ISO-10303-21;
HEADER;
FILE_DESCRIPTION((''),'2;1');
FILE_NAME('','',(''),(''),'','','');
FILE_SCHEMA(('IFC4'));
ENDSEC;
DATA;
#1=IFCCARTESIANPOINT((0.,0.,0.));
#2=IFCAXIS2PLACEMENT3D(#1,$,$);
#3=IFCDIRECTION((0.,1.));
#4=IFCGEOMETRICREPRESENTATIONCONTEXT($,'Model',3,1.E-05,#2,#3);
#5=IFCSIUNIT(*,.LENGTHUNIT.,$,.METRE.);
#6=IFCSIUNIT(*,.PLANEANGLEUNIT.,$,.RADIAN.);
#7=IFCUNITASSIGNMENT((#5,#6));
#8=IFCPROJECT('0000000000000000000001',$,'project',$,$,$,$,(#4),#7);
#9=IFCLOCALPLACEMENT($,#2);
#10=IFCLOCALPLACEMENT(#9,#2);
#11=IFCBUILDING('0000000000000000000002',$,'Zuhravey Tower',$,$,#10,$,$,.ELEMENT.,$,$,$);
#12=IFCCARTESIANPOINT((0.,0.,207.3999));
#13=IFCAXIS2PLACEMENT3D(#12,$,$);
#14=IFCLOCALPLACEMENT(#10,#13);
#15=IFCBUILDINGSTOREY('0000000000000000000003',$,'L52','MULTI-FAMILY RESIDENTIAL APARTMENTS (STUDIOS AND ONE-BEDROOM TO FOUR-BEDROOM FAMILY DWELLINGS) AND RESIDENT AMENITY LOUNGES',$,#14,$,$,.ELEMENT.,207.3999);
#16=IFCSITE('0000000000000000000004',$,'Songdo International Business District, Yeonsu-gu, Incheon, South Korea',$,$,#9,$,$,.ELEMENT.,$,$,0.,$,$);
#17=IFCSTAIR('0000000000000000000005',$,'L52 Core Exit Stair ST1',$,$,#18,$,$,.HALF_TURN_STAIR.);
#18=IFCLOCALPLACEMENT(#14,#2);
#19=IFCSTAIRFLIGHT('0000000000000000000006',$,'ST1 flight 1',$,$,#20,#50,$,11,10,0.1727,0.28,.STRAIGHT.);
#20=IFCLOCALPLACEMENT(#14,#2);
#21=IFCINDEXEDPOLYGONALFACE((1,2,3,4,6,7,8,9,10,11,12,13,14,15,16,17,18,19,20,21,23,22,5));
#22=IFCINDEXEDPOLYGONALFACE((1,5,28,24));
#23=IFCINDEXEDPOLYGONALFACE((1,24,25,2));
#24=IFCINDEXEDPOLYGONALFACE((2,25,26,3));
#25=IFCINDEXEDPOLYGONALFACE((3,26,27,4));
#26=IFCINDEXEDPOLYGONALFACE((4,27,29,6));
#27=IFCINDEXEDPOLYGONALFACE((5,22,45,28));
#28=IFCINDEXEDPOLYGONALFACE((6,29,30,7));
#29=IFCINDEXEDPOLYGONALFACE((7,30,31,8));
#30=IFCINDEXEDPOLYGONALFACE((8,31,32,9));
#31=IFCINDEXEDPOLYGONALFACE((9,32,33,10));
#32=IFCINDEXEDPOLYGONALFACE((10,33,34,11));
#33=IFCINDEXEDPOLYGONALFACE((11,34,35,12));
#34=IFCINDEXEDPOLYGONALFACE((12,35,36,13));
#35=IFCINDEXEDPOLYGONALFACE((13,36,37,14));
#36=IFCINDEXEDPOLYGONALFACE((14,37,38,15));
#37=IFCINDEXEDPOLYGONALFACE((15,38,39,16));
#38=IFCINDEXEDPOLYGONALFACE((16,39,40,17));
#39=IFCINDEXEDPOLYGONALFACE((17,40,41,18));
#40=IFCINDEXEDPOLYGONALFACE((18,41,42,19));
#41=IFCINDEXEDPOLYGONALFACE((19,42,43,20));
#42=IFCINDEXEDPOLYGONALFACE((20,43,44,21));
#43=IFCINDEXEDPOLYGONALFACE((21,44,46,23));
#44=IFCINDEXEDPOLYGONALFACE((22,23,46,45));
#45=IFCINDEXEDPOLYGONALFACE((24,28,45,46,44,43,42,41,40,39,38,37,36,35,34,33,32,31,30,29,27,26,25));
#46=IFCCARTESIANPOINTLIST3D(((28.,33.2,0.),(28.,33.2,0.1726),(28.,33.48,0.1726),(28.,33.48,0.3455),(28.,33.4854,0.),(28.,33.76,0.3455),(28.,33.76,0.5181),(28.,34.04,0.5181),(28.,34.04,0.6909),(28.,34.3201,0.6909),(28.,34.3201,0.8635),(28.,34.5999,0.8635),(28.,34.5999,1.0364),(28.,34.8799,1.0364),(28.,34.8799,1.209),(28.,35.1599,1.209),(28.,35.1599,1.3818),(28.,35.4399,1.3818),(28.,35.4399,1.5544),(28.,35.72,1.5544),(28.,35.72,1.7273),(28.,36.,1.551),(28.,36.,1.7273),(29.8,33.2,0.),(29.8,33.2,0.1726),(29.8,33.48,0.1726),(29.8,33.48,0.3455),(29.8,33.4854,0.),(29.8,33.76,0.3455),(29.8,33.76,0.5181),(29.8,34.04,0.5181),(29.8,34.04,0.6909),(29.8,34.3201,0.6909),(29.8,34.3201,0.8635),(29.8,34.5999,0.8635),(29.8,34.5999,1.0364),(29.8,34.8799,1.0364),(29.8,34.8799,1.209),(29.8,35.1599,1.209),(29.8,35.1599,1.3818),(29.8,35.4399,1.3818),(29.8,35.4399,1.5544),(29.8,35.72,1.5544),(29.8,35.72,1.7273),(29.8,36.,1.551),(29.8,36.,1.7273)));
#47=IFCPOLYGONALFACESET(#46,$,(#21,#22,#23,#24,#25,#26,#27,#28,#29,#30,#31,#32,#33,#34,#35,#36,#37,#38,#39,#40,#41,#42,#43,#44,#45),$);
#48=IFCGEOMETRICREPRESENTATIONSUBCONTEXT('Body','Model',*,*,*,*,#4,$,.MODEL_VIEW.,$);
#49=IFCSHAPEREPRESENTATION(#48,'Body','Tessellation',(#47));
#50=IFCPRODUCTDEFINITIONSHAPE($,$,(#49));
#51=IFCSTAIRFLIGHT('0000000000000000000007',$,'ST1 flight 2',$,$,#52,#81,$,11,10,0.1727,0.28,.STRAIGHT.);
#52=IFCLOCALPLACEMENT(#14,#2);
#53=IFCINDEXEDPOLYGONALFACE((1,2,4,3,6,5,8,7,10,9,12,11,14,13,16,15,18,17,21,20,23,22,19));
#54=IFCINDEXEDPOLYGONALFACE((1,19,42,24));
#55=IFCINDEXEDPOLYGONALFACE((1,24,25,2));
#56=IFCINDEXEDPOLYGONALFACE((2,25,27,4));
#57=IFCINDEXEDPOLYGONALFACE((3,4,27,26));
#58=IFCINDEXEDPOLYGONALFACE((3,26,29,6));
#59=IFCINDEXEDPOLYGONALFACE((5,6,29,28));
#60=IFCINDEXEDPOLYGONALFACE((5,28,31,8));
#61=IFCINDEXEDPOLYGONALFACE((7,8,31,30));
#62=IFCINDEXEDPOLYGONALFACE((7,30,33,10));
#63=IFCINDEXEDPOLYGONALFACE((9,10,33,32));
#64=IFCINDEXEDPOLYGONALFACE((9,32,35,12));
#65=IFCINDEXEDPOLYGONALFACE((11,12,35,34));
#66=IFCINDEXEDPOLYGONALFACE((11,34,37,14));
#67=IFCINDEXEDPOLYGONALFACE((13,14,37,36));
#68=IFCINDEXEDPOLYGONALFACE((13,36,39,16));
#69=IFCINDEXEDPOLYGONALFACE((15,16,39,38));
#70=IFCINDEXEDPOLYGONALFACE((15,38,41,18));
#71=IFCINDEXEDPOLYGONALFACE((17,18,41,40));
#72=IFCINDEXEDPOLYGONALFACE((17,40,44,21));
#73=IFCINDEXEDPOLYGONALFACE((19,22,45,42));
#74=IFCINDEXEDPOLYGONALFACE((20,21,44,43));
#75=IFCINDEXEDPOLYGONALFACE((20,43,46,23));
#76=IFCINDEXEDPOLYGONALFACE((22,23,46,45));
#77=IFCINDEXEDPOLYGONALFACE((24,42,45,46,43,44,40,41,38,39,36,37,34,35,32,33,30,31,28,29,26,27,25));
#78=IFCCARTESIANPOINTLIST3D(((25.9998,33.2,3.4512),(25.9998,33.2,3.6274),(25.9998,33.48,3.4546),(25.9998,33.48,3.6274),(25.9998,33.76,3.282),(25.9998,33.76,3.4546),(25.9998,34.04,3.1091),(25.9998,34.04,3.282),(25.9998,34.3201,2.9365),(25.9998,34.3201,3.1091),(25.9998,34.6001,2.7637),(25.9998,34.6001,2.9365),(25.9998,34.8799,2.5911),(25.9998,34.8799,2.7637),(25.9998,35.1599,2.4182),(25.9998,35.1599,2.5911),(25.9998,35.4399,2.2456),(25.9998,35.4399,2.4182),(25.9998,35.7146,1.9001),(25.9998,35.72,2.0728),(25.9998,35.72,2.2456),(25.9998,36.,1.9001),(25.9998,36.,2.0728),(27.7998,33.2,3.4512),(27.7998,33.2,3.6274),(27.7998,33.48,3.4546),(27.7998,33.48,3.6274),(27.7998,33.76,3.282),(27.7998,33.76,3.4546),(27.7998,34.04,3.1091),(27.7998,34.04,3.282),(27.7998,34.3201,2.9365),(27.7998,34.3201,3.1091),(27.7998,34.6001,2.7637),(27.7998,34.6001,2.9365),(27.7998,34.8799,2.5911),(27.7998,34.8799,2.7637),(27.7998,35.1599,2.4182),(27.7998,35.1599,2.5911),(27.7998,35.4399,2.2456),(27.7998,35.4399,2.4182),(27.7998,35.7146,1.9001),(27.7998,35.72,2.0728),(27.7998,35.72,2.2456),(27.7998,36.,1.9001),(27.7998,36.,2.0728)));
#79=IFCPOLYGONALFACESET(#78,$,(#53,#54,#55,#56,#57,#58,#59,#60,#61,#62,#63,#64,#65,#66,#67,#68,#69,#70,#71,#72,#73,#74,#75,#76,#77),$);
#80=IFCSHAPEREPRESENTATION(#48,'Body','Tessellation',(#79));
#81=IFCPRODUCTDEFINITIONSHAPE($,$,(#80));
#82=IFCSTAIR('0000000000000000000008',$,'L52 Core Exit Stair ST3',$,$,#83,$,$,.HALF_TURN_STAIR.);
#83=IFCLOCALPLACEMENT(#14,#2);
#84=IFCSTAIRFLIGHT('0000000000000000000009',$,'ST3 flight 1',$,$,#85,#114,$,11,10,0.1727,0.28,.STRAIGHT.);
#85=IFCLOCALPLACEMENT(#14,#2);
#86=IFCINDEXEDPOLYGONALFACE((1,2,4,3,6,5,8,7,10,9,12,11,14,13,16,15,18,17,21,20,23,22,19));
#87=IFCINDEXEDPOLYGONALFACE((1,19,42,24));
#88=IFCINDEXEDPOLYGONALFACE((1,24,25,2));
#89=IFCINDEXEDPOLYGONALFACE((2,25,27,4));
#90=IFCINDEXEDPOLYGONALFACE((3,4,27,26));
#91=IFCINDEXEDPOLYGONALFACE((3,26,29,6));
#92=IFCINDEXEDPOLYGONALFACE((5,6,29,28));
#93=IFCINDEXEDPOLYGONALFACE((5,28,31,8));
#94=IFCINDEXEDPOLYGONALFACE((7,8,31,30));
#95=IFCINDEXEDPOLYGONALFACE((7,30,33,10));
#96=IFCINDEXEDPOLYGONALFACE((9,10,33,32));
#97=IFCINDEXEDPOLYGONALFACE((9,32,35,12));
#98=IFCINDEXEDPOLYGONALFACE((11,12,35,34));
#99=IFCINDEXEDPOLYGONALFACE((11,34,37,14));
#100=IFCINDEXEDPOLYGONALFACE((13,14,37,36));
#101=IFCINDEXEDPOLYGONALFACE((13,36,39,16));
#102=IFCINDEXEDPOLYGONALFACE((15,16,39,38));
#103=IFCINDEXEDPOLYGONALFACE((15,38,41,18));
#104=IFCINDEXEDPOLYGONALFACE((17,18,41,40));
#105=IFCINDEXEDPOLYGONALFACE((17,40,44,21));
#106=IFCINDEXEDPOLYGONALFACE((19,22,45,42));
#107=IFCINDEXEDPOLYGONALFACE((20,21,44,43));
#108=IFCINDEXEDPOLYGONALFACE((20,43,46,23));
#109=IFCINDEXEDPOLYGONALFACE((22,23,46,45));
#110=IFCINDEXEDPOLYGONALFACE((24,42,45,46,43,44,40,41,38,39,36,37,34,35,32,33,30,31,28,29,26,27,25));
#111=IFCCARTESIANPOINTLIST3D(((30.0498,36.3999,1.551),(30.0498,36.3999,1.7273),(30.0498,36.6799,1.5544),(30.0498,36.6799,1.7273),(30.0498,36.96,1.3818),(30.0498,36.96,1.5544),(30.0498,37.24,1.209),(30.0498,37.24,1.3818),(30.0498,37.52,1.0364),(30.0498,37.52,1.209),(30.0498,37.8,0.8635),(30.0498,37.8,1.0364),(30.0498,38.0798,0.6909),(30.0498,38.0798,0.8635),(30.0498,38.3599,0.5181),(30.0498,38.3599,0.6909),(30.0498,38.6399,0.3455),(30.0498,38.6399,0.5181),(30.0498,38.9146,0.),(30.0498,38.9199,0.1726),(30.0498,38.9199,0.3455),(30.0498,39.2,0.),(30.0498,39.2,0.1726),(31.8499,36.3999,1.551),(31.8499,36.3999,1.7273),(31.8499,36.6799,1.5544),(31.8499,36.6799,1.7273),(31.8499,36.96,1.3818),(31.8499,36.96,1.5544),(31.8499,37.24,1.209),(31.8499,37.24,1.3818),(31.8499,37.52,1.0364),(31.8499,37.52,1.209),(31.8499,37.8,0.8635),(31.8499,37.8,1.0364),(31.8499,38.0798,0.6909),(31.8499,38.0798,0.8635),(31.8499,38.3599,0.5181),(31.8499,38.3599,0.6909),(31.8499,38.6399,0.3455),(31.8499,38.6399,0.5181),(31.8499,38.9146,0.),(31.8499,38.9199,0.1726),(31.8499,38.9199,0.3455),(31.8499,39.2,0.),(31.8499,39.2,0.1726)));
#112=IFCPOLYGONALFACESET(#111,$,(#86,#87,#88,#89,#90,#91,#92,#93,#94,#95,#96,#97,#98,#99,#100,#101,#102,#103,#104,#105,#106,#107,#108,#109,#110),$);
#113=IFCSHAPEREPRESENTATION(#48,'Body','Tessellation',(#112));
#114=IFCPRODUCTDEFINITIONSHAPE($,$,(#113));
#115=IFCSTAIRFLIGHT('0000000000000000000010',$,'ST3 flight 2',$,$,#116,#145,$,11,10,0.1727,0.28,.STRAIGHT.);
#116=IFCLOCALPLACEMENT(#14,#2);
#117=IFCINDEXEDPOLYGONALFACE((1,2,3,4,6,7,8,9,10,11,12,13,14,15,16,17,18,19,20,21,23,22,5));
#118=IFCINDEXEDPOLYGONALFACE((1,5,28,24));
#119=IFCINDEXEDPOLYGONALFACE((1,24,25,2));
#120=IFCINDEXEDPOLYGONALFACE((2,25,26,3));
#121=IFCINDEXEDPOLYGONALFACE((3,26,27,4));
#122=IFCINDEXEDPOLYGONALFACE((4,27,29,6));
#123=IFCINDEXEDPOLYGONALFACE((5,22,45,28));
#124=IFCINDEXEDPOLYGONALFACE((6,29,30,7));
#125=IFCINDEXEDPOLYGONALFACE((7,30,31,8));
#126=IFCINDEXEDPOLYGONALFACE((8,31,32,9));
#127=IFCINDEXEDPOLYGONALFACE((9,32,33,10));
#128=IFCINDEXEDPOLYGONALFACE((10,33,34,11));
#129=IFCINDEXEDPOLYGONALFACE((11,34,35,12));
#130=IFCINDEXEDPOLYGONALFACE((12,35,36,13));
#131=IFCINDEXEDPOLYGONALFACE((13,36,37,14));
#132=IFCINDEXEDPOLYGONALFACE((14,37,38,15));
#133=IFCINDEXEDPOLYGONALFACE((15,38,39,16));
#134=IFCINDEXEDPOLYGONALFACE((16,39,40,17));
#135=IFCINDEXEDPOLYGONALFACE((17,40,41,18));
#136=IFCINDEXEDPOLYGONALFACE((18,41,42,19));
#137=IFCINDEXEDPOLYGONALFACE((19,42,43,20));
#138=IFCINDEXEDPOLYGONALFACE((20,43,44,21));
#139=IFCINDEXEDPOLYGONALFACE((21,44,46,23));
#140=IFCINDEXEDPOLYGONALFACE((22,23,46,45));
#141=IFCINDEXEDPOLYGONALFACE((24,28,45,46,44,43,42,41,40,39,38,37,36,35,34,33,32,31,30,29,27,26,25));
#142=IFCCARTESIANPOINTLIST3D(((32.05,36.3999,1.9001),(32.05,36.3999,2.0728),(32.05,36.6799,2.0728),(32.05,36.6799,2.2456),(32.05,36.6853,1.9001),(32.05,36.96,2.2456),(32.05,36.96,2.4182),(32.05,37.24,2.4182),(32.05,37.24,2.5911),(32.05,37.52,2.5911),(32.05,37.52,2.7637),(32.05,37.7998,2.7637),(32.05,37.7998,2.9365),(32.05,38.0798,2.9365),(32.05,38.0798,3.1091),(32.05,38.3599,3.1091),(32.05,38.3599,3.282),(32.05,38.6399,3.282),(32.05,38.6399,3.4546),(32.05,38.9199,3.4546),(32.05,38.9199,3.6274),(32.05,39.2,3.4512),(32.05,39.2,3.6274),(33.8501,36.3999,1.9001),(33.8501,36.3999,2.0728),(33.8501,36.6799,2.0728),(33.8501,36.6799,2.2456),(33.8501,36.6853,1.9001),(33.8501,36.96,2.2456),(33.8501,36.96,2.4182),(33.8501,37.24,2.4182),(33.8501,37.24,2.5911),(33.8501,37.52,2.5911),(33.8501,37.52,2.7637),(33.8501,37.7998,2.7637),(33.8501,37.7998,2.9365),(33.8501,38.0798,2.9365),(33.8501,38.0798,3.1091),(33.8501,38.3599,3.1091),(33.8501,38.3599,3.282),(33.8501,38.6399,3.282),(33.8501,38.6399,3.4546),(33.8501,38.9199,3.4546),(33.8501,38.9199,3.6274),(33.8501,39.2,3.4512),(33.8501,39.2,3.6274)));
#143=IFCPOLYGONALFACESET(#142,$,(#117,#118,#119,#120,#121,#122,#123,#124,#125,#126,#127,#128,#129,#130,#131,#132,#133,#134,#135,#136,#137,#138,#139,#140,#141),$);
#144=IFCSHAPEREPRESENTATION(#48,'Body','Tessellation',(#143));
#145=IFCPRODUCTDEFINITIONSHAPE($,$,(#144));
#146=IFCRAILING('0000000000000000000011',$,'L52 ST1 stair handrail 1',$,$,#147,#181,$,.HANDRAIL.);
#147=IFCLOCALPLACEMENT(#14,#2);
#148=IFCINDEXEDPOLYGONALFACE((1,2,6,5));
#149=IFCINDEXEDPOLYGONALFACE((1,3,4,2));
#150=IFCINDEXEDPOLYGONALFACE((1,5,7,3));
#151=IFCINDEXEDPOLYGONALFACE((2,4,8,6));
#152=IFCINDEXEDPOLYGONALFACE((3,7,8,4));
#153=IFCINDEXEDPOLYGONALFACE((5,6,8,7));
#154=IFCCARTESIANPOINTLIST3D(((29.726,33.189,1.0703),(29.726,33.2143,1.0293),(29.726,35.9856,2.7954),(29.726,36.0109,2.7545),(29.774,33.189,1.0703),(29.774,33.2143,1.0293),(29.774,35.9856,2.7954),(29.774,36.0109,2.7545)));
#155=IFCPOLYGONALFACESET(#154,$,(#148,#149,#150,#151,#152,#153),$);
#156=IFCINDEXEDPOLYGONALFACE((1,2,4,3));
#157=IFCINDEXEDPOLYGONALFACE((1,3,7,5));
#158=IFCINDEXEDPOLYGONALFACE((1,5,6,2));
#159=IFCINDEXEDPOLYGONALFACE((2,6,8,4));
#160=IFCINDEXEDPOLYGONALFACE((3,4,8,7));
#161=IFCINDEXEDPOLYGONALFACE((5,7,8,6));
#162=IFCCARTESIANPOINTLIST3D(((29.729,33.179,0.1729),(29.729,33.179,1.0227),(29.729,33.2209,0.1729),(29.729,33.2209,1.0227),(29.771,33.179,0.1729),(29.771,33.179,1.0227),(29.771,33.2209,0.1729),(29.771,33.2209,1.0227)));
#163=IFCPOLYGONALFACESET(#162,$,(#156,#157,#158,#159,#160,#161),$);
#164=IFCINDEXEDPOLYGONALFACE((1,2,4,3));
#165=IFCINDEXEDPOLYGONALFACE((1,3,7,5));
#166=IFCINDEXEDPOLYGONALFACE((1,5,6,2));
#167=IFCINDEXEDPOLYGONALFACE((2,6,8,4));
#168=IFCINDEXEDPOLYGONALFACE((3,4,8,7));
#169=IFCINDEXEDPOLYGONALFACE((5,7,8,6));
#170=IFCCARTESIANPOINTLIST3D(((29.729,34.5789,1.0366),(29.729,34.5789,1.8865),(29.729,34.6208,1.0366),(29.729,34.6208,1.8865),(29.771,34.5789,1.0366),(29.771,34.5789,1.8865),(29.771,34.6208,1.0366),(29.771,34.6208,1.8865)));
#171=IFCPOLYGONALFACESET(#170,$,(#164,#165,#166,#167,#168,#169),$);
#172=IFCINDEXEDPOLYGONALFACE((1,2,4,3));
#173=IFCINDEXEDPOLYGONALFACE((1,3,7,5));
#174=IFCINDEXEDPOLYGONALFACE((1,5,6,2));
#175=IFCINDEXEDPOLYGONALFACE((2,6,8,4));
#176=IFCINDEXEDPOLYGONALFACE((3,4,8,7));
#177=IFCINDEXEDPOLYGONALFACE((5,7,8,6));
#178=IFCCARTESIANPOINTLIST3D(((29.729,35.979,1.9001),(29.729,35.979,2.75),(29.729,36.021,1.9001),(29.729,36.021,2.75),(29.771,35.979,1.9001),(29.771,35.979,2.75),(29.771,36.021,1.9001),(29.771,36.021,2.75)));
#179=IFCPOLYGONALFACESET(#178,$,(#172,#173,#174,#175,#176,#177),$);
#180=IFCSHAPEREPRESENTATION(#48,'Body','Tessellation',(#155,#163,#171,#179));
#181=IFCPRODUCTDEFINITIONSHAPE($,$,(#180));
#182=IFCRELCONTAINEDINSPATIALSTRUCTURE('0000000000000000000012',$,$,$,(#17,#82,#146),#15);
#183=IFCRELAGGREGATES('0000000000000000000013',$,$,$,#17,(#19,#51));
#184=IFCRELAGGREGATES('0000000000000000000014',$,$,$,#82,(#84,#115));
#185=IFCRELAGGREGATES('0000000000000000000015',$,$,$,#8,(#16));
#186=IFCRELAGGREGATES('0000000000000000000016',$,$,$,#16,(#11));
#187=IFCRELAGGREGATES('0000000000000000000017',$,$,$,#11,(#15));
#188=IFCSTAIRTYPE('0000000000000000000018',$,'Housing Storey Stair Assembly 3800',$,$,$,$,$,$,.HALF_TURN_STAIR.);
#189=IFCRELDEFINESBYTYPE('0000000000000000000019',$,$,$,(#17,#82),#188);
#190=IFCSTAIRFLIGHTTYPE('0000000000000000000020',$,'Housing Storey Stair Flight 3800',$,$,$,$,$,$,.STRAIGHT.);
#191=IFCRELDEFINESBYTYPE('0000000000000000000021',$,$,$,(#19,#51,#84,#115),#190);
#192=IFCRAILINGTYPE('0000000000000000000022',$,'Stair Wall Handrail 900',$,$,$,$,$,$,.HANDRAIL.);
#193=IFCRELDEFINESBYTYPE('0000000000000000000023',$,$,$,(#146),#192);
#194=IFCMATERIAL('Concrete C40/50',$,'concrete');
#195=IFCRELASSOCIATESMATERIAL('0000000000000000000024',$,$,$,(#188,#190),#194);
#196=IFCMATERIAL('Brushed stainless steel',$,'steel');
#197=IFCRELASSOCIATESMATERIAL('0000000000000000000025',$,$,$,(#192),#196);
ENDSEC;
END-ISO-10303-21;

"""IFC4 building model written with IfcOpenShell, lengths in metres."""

from ifc_helpers import new_model, si_unit, direction, frame, origin, origin_2d, place, context, subcontext, project, spatial, polyline, rectangle, outline, extrude, material, type_object, element, aggregate, save


model = new_model("IFC4")

# Units and contexts
model_context = context("Model", 3, precision=1e-05, world=origin(), true_north=direction((0.0, 1.0)))
body_context = subcontext(model_context, "Body", "Model", "MODEL_VIEW")
ifc_project = project(units=[si_unit("LENGTHUNIT", "METRE"), si_unit("PLANEANGLEUNIT", "RADIAN")], contexts=[model_context])

# Site, building, storey
site_placement = place(None, origin())
site = spatial("IfcSite", under=ifc_project, at=site_placement, Name="Songdo International Business District, Yeonsu-gu, Incheon, South Korea", CompositionType="ELEMENT", RefElevation=0.0)
building_placement = place(site_placement, origin())
building = spatial("IfcBuilding", under=site, at=building_placement, Name="Zuhravey Tower", CompositionType="ELEMENT")
storey_placement = place(building_placement, frame((0.0, 0.0, 207.3999)))
storey = spatial("IfcBuildingStorey", under=building, at=storey_placement, Name="L52", Description="MULTI-FAMILY RESIDENTIAL APARTMENTS (STUDIOS AND ONE-BEDROOM TO FOUR-BEDROOM FAMILY DWELLINGS) AND RESIDENT AMENITY LOUNGES", CompositionType="ELEMENT", Elevation=207.3999)

# Stairs, stair flights
ifc_material_1 = material(Name="Concrete C40/50", Category="concrete")
stair_type = type_object("IfcStairType", Name="Housing Storey Stair Assembly 3800", PredefinedType="HALF_TURN_STAIR", material=ifc_material_1)
stair_1_placement = place(storey_placement, origin())
stair_1 = element("IfcStair", 1, at=stair_1_placement, inside=storey, type_object=stair_type, Name="L52 Core Exit Stair ST1", PredefinedType="HALF_TURN_STAIR")
stair_flight_type = type_object("IfcStairFlightType", Name="Housing Storey Stair Flight 3800", PredefinedType="STRAIGHT", material=ifc_material_1)
stair_flight_1_placement = place(storey_placement, frame((28.8999, 33.2, 0.0), z_axis=(0.0, 0.0, 1.0), x_axis=(0.0, 1.0, 0.0)))
stair_flight_1 = element("IfcStairFlight", 2, at=stair_flight_1_placement, type_object=stair_flight_type, Name="ST1 flight 1", NumberOfRisers=11, NumberOfTreads=10, PredefinedType="STRAIGHT", RiserHeight=0.1727, TreadLength=0.28, context=body_context, shape_type="SweptSolid", body=[
    extrude(outline(polyline([(0.0, 0.0), (0.0, 0.1726), (0.28, 0.1726), (0.28, 0.3455), (0.5601, 0.3455), (0.5601, 0.5181), (0.8401, 0.5181), (0.8401, 0.6909), (1.1201, 0.6909), (1.1201, 0.8635), (1.3999, 0.8635), (1.3999, 1.0364), (1.6799, 1.0364), (1.6799, 1.209), (1.96, 1.209), (1.96, 1.3818), (2.24, 1.3818), (2.24, 1.5544), (2.52, 1.5544), (2.52, 1.7273), (2.8, 1.7273), (2.8, 1.8999), (2.8, 1.551), (0.2854, 0.0), (0.0, 0.0)])), frame((0.0, 0.8999, 0.0), z_axis=(0.0, -1.0, 0.0), x_axis=(1.0, 0.0, 0.0)), (0.0, 0.0, 1.0), 1.8),
])
stair_flight_2_placement = place(storey_placement, frame((26.8999, 36.0, 1.9001), z_axis=(0.0, 0.0, 1.0), x_axis=(0.0, -1.0, 0.0)))
stair_flight_2 = element("IfcStairFlight", 3, at=stair_flight_2_placement, type_object=stair_flight_type, Name="ST1 flight 2", NumberOfRisers=11, NumberOfTreads=10, PredefinedType="STRAIGHT", RiserHeight=0.1727, TreadLength=0.28, context=body_context, shape_type="SweptSolid", body=[
    extrude(outline(polyline([(0.0, 0.0), (0.0, 0.1726), (0.28, 0.1726), (0.28, 0.3455), (0.5601, 0.3455), (0.5601, 0.5181), (0.8401, 0.5181), (0.8401, 0.6909), (1.1201, 0.6909), (1.1201, 0.8635), (1.3999, 0.8635), (1.3999, 1.0364), (1.6799, 1.0364), (1.6799, 1.209), (1.96, 1.209), (1.96, 1.3818), (2.24, 1.3818), (2.24, 1.5544), (2.52, 1.5544), (2.52, 1.7273), (2.8, 1.7273), (2.8, 1.8999), (2.8, 1.551), (0.2854, 0.0), (0.0, 0.0)])), frame((0.0, 0.8999, 0.0), z_axis=(0.0, -1.0, 0.0), x_axis=(1.0, 0.0, 0.0)), (0.0, 0.0, 1.0), 1.8),
])
aggregate(stair_1, [stair_flight_1, stair_flight_2])
stair_2_placement = place(storey_placement, origin())
stair_2 = element("IfcStair", 4, at=stair_2_placement, inside=storey, type_object=stair_type, Name="L52 Core Exit Stair ST3", PredefinedType="HALF_TURN_STAIR")
stair_flight_3_placement = place(storey_placement, frame((30.95, 39.2, 0.0), z_axis=(0.0, 0.0, 1.0), x_axis=(0.0, -1.0, 0.0)))
stair_flight_3 = element("IfcStairFlight", 5, at=stair_flight_3_placement, type_object=stair_flight_type, Name="ST3 flight 1", NumberOfRisers=11, NumberOfTreads=10, PredefinedType="STRAIGHT", RiserHeight=0.1727, TreadLength=0.28, context=body_context, shape_type="SweptSolid", body=[
    extrude(outline(polyline([(0.0, 0.0), (0.0, 0.1726), (0.28, 0.1726), (0.28, 0.3455), (0.5601, 0.3455), (0.5601, 0.5181), (0.8401, 0.5181), (0.8401, 0.6909), (1.1201, 0.6909), (1.1201, 0.8635), (1.3999, 0.8635), (1.3999, 1.0364), (1.6799, 1.0364), (1.6799, 1.209), (1.96, 1.209), (1.96, 1.3818), (2.24, 1.3818), (2.24, 1.5544), (2.52, 1.5544), (2.52, 1.7273), (2.8, 1.7273), (2.8, 1.8999), (2.8, 1.551), (0.2854, 0.0), (0.0, 0.0)])), frame((0.0, 0.8999, 0.0), z_axis=(0.0, -1.0, 0.0), x_axis=(1.0, 0.0, 0.0)), (0.0, 0.0, 1.0), 1.8),
])
stair_flight_4_placement = place(storey_placement, frame((32.95, 36.3999, 1.9001), z_axis=(0.0, 0.0, 1.0), x_axis=(0.0, 1.0, 0.0)))
stair_flight_4 = element("IfcStairFlight", 6, at=stair_flight_4_placement, type_object=stair_flight_type, Name="ST3 flight 2", NumberOfRisers=11, NumberOfTreads=10, PredefinedType="STRAIGHT", RiserHeight=0.1727, TreadLength=0.28, context=body_context, shape_type="SweptSolid", body=[
    extrude(outline(polyline([(0.0, 0.0), (0.0, 0.1726), (0.28, 0.1726), (0.28, 0.3455), (0.5601, 0.3455), (0.5601, 0.5181), (0.8401, 0.5181), (0.8401, 0.6909), (1.1201, 0.6909), (1.1201, 0.8635), (1.3999, 0.8635), (1.3999, 1.0364), (1.6799, 1.0364), (1.6799, 1.209), (1.96, 1.209), (1.96, 1.3818), (2.24, 1.3818), (2.24, 1.5544), (2.52, 1.5544), (2.52, 1.7273), (2.8, 1.7273), (2.8, 1.8999), (2.8, 1.551), (0.2854, 0.0), (0.0, 0.0)])), frame((0.0, 0.8999, 0.0), z_axis=(0.0, -1.0, 0.0), x_axis=(1.0, 0.0, 0.0)), (0.0, 0.0, 1.0), 1.8),
])
aggregate(stair_2, [stair_flight_3, stair_flight_4])

# Railing
ifc_material_2 = material(Name="Brushed stainless steel", Category="steel")
railing_type_1 = type_object("IfcRailingType", Name="Stair Wall Handrail 900", PredefinedType="HANDRAIL", material=ifc_material_2)
railing_1_placement = place(storey_placement, frame((29.75, 33.2, 0.1729)))
element("IfcRailing", 7, at=railing_1_placement, inside=storey, type_object=railing_type_1, Name="L52 ST1 stair handrail 1", PredefinedType="HANDRAIL", context=body_context, shape_type="SweptSolid", body=[
    extrude(rectangle(XDim=0.0481, YDim=0.0481, at=origin_2d()), frame((0.0, 0.0017, 0.877), z_axis=(0.0, 0.85109, 0.52502), x_axis=(-1.0, 0.0, 0.0)), (0.0, 0.0, 1.0), 3.2859),
    extrude(rectangle(XDim=0.042, YDim=0.042, at=origin_2d()), origin(), (0.0, 0.0, 1.0), 0.8499),
    extrude(rectangle(XDim=0.042, YDim=0.042, at=origin_2d()), frame((0.0, 1.3999, 0.8638)), (0.0, 0.0, 1.0), 0.8499),
    extrude(rectangle(XDim=0.042, YDim=0.042, at=origin_2d()), frame((0.0, 2.8, 1.7273)), (0.0, 0.0, 1.0), 0.8499),
])

save(model, "model.ifc")
